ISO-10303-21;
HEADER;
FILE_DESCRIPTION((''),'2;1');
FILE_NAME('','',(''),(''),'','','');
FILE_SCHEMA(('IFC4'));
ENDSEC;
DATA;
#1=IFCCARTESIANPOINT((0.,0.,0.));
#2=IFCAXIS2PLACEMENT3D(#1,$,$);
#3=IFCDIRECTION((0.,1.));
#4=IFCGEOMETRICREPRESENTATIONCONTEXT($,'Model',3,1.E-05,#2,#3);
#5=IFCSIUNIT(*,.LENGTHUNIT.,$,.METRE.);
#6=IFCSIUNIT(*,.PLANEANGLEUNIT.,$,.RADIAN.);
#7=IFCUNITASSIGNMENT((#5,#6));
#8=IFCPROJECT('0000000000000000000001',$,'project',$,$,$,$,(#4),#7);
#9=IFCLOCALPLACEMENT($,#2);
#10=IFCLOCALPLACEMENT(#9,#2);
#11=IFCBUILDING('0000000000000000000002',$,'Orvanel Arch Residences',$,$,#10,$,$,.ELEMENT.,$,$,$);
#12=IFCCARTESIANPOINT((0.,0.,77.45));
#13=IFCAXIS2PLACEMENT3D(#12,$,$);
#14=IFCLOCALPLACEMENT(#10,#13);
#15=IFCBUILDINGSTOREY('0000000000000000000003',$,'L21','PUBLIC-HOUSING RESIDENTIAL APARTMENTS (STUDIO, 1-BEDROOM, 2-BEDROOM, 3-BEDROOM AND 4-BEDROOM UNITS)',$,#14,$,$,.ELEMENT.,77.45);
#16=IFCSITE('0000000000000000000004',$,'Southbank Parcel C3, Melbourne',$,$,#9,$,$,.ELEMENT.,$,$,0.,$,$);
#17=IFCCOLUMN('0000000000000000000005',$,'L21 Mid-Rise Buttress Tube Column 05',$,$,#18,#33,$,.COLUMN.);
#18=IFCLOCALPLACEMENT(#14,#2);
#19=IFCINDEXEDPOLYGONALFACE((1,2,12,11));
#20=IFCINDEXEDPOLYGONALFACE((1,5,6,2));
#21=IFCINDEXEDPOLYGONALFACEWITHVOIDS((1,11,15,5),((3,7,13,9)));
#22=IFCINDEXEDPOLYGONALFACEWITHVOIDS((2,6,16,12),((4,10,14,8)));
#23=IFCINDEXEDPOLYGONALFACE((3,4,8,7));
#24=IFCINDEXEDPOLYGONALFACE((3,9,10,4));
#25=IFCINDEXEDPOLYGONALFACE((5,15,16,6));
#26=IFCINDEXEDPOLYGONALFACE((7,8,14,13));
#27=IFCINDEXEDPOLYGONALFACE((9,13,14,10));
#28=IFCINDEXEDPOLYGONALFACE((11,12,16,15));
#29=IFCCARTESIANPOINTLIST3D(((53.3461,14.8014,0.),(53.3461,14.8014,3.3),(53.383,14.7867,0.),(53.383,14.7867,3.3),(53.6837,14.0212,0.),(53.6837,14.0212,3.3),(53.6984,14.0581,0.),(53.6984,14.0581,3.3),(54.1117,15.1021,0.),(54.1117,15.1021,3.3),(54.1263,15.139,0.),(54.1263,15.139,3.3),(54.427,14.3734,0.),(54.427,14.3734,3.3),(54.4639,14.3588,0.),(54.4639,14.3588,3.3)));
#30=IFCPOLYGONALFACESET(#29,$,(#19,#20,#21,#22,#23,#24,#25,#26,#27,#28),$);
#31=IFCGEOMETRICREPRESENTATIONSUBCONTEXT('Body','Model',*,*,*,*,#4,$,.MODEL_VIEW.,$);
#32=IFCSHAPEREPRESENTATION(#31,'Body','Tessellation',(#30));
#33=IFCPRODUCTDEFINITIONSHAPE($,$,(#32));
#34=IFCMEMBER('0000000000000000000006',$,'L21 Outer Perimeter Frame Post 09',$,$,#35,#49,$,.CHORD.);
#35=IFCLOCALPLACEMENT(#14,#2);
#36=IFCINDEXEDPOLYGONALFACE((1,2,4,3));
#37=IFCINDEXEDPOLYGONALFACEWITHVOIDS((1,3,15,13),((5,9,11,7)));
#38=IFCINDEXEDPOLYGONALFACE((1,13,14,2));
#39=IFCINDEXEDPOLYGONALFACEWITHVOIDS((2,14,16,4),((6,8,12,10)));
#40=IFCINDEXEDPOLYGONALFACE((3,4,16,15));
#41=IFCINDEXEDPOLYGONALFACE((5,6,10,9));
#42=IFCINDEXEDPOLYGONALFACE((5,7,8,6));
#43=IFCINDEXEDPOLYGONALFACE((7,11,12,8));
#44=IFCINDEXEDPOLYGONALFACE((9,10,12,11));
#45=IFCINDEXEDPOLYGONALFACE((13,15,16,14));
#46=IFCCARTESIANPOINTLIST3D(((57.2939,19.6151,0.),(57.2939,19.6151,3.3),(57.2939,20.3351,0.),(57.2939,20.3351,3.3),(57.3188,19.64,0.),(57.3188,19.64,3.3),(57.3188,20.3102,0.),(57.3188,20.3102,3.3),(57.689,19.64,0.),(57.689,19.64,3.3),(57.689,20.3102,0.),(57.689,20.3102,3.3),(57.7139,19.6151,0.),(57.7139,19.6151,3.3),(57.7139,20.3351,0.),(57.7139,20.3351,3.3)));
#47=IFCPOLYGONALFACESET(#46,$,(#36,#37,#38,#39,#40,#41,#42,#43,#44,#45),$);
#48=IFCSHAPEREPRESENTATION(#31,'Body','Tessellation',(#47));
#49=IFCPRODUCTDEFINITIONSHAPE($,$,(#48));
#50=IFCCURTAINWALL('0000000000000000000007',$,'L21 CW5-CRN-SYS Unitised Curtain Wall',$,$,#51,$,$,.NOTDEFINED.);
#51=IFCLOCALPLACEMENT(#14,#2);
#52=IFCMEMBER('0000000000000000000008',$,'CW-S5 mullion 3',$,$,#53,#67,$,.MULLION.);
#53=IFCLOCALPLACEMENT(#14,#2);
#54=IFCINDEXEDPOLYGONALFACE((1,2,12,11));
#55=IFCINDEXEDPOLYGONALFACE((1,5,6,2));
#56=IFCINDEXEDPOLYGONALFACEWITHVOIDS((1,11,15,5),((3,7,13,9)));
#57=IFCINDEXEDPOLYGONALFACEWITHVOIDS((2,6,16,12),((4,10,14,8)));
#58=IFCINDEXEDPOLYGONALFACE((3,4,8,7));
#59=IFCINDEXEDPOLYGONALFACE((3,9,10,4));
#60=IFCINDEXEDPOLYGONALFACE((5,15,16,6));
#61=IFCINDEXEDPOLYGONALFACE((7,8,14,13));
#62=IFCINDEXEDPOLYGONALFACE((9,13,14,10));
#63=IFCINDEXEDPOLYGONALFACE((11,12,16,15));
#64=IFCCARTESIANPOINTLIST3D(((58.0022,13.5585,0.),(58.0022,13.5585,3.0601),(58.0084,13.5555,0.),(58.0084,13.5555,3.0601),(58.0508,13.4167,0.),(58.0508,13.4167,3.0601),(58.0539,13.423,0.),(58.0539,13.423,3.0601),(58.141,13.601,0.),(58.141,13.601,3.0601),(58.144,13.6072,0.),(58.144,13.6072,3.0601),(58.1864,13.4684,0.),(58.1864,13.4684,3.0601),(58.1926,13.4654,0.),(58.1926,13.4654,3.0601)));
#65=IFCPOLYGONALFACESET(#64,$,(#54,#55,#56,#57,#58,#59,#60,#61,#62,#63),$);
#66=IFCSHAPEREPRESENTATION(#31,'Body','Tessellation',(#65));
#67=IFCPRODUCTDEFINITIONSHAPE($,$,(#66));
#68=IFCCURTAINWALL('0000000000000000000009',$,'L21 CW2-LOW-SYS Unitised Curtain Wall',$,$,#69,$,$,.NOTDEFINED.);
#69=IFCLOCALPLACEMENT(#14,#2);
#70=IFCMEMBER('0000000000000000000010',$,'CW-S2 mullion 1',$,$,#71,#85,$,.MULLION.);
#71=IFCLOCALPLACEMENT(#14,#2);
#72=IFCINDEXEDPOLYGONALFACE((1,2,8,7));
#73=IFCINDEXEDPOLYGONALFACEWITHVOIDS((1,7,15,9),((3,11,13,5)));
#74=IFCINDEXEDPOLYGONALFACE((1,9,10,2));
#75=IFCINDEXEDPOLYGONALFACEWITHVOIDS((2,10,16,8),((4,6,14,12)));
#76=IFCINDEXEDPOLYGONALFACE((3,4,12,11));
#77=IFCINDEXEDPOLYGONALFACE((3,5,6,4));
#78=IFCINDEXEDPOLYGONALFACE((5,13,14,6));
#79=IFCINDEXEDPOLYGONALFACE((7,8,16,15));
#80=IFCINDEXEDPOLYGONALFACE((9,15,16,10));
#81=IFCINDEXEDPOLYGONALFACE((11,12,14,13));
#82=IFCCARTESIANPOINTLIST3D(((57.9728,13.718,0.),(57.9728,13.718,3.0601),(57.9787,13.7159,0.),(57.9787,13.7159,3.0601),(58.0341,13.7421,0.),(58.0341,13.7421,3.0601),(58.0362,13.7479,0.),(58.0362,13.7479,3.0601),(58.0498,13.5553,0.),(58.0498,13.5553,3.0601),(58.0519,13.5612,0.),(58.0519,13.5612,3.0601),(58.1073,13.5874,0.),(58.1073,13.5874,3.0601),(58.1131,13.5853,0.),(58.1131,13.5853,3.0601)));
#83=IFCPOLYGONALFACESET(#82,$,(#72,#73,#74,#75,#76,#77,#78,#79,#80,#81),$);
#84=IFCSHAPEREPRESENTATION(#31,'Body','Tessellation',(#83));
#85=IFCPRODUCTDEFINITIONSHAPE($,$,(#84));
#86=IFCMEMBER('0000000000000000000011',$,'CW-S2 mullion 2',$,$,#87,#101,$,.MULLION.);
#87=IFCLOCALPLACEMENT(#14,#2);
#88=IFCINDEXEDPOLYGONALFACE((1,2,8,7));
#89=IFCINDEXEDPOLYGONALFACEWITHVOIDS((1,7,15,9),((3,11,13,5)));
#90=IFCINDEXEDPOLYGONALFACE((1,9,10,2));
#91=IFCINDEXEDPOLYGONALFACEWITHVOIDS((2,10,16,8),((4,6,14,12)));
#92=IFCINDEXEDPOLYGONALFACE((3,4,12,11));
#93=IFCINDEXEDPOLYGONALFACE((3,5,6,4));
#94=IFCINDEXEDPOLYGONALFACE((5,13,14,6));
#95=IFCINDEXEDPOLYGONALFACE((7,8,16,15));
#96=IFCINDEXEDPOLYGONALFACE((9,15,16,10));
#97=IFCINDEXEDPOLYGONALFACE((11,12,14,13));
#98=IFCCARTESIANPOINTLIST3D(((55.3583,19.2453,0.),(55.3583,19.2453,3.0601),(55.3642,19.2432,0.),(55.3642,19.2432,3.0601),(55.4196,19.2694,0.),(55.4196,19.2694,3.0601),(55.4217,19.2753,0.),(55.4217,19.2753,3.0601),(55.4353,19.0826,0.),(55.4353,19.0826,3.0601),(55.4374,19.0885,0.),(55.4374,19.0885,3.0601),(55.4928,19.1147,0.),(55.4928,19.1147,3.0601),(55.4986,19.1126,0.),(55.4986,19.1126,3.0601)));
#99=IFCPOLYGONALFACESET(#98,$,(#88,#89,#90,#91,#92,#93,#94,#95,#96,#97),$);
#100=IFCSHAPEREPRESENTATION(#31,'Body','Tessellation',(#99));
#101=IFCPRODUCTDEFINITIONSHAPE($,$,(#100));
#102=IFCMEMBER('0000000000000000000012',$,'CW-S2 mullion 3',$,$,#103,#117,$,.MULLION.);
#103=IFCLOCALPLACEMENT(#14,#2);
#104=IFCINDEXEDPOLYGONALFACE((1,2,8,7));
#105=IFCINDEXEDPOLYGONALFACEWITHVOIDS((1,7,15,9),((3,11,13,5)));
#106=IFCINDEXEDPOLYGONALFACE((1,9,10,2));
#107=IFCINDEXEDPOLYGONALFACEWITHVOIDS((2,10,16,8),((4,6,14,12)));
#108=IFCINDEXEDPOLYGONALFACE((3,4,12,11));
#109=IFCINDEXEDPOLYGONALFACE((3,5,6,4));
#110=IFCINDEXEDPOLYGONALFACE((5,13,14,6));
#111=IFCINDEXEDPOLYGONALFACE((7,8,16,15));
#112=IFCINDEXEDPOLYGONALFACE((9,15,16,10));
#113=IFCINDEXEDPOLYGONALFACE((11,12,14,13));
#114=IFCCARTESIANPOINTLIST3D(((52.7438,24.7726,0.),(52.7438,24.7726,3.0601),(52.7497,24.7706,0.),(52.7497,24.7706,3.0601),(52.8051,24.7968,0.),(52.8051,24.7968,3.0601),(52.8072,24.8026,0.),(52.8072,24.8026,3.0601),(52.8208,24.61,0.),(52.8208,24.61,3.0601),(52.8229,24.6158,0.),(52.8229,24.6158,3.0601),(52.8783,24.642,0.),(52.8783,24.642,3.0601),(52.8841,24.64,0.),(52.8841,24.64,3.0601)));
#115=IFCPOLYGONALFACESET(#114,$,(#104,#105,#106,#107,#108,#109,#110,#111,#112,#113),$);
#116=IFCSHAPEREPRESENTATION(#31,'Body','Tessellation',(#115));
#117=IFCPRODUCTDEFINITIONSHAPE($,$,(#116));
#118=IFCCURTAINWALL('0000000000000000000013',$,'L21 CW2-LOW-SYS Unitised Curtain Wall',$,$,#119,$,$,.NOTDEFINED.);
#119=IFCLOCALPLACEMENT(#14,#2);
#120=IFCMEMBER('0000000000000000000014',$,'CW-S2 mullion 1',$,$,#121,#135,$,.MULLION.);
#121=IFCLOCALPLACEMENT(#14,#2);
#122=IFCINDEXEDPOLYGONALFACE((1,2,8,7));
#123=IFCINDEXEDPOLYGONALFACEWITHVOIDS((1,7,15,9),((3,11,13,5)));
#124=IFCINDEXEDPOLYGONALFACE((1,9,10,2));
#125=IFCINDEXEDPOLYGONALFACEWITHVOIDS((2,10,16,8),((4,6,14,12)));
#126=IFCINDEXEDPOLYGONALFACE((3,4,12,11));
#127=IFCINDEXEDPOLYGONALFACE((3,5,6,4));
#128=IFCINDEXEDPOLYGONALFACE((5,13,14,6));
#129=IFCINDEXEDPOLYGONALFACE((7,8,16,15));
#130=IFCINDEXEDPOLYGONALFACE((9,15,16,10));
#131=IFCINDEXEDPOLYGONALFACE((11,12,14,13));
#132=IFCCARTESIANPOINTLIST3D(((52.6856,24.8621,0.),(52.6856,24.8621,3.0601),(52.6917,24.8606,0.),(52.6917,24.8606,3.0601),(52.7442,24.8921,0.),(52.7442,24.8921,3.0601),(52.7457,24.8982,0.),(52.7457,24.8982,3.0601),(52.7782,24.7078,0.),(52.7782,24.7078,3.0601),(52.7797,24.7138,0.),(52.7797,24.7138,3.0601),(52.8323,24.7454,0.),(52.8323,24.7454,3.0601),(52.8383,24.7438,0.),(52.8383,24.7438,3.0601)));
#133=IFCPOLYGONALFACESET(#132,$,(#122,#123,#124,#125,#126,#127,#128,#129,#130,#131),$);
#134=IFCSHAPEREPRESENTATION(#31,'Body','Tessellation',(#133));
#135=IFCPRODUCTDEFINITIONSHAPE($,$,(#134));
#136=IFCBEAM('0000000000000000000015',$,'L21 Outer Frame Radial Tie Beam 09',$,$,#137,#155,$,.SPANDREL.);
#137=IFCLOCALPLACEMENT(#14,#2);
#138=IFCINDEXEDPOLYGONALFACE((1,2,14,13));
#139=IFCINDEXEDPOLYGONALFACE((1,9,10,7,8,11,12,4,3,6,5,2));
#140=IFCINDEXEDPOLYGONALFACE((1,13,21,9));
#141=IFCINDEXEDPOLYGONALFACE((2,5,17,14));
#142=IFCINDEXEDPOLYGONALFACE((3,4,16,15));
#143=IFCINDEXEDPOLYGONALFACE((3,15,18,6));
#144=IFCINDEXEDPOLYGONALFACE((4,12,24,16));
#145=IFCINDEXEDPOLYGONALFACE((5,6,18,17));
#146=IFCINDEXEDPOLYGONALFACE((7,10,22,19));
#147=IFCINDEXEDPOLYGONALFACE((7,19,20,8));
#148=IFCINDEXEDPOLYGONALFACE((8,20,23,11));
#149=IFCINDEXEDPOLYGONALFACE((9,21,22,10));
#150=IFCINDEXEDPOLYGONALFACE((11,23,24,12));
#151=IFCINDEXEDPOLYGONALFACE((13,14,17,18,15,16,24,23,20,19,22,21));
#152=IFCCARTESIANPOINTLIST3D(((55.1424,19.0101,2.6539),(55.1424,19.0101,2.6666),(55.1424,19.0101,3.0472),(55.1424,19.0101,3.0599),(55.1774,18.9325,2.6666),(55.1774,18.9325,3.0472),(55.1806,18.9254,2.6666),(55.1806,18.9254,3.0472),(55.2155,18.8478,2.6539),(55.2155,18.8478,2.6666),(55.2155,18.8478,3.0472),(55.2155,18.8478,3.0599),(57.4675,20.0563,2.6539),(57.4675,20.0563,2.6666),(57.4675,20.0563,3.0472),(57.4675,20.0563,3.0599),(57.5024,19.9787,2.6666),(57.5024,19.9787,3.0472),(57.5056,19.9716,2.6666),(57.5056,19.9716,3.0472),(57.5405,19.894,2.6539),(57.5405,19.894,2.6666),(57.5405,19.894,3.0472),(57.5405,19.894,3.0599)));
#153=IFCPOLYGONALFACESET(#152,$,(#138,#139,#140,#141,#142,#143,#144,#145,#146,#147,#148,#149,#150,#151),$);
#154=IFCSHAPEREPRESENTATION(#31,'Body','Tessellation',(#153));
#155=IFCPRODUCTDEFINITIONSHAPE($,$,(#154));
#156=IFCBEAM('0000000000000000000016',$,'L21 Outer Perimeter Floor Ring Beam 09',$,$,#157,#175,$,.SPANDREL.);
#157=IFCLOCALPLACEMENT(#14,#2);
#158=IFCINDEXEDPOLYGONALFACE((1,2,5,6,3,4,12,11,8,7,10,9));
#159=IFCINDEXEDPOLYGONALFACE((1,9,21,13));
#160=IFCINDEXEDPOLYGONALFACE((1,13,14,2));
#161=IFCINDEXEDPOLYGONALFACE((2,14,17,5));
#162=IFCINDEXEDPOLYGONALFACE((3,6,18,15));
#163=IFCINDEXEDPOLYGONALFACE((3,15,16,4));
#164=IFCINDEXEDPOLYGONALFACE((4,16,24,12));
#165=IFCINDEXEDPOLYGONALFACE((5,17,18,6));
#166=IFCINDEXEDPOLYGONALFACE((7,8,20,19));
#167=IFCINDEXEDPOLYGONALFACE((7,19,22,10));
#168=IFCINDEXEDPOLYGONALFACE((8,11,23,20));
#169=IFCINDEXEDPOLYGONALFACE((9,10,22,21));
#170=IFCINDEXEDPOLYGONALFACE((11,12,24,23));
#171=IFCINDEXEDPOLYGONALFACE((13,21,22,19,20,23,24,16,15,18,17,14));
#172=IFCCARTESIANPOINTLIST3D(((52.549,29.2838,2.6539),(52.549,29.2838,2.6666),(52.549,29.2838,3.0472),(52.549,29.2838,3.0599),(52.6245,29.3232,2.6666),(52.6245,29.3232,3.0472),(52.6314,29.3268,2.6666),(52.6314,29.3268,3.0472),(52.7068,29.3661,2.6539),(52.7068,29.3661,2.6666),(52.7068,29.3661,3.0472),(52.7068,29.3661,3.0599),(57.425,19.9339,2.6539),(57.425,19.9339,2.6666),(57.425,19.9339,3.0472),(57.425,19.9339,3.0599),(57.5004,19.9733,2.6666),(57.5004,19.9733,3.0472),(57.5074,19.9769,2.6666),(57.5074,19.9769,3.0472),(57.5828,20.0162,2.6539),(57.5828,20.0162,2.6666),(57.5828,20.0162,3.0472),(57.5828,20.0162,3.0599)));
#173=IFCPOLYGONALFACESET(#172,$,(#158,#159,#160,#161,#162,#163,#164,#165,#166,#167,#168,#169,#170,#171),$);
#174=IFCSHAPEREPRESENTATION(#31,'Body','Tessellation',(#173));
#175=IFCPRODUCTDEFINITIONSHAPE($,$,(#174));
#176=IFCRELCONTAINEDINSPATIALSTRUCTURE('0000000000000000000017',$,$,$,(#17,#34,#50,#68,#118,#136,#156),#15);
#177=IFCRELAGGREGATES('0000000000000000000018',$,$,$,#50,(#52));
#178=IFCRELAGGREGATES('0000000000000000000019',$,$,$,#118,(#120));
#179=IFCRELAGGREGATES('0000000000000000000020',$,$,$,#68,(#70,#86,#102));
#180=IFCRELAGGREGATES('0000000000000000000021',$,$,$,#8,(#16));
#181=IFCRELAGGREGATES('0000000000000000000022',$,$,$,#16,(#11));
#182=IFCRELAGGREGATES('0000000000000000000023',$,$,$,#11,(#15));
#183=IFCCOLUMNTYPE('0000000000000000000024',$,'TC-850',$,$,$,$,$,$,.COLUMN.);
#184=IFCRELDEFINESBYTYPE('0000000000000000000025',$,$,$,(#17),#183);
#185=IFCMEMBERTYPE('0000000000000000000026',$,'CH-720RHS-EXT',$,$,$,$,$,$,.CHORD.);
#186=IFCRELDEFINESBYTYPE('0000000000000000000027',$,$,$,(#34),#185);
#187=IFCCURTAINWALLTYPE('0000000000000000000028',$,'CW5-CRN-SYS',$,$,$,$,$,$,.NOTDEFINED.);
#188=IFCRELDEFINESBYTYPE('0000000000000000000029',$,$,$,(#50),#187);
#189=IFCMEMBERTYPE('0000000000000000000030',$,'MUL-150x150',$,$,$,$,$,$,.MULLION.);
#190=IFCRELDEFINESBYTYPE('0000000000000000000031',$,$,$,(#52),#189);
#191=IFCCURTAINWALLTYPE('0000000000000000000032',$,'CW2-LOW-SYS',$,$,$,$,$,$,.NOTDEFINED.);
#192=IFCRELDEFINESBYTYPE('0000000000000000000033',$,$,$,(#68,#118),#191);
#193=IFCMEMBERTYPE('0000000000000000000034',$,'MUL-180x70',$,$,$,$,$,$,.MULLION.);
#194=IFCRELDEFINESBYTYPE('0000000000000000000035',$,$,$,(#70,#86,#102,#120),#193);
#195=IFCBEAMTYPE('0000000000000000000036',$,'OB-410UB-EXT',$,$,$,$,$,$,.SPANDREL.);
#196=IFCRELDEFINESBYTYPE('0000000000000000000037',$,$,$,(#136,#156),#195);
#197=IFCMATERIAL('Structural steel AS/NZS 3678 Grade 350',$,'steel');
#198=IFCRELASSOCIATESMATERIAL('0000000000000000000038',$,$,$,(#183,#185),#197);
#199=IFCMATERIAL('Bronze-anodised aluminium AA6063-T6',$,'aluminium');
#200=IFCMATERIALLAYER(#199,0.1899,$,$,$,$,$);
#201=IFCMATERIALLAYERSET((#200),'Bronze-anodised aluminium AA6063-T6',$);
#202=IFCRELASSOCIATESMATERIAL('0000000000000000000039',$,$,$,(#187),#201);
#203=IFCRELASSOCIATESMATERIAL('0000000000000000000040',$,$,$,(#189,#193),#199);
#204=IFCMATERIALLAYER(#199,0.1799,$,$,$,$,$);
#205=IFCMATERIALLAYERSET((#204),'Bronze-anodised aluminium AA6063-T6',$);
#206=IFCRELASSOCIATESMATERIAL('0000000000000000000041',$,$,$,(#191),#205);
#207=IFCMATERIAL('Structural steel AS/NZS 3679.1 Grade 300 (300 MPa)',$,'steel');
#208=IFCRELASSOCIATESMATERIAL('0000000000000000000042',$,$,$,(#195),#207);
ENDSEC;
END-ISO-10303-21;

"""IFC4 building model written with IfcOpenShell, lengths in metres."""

from ifc_helpers import new_model, si_unit, direction, frame, origin, origin_2d, place, context, subcontext, project, spatial, hollow_rectangle, i_section, extrude, material, layer, layer_set, material_profile, profile_set, type_object, element, aggregate, save


model = new_model("IFC4")

# Units and contexts
model_context = context("Model", 3, precision=1e-05, world=origin(), true_north=direction((0.0, 1.0)))
body_context = subcontext(model_context, "Body", "Model", "MODEL_VIEW")
ifc_project = project(units=[si_unit("LENGTHUNIT", "METRE"), si_unit("PLANEANGLEUNIT", "RADIAN")], contexts=[model_context])

# Site, building, storey
site_placement = place(None, origin())
site = spatial("IfcSite", under=ifc_project, at=site_placement, Name="Southbank Parcel C3, Melbourne", CompositionType="ELEMENT", RefElevation=0.0)
building_placement = place(site_placement, origin())
building = spatial("IfcBuilding", under=site, at=building_placement, Name="Orvanel Arch Residences", CompositionType="ELEMENT")
storey_placement = place(building_placement, frame((0.0, 0.0, 77.45)))
storey = spatial("IfcBuildingStorey", under=building, at=storey_placement, Name="L21", Description="PUBLIC-HOUSING RESIDENTIAL APARTMENTS (STUDIO, 1-BEDROOM, 2-BEDROOM, 3-BEDROOM AND 4-BEDROOM UNITS)", CompositionType="ELEMENT", Elevation=77.45)

# Column
ifc_material_1 = material(Name="Structural steel AS/NZS 3678 Grade 350", Category="steel")
ifc_material_profile_1 = material_profile(ifc_material_1, hollow_rectangle(XDim=0.8501, YDim=0.8501, WallThickness=0.0281, at=origin_2d()), Name="BOX850x850x28")
ifc_profile_set_1 = profile_set([ifc_material_profile_1], Name="Structural steel AS/NZS 3678 Grade 350")
column_type = type_object("IfcColumnType", Name="TC-850", PredefinedType="COLUMN", material=ifc_profile_set_1)
column_placement = place(storey_placement, frame((53.905, 14.5801, 0.0), z_axis=(0.0, 0.0, 1.0), x_axis=(-0.397148, 0.917755, 0.0)))
element("IfcColumn", 1, at=column_placement, inside=storey, type_object=column_type, Name="L21 Mid-Rise Buttress Tube Column 05", PredefinedType="COLUMN", context=body_context, shape_type="SweptSolid", body=[
    extrude(hollow_rectangle(XDim=0.8501, YDim=0.8501, WallThickness=0.0281, at=origin_2d()), origin(), (0.0, 0.0, 1.0), 3.3),
])

# Member
ifc_material_profile_2 = material_profile(ifc_material_1, hollow_rectangle(XDim=0.4199, YDim=0.72, WallThickness=0.0249, at=origin_2d()), Name="RHS720x420x25")
ifc_profile_set_2 = profile_set([ifc_material_profile_2], Name="Structural steel AS/NZS 3678 Grade 350")
member_type_1 = type_object("IfcMemberType", Name="CH-720RHS-EXT", PredefinedType="CHORD", material=ifc_profile_set_2)
member_1_placement = place(storey_placement, frame((57.5039, 19.9751, 0.0), z_axis=(0.0, 0.0, 1.0), x_axis=(1.0, 0.0, 0.0)))
element("IfcMember", 2, at=member_1_placement, inside=storey, type_object=member_type_1, Name="L21 Outer Perimeter Frame Post 09", PredefinedType="CHORD", context=body_context, shape_type="SweptSolid", body=[
    extrude(hollow_rectangle(XDim=0.4199, YDim=0.72, WallThickness=0.0249, at=origin_2d()), origin(), (0.0, 0.0, 1.0), 3.3),
])

# Curtain wall, member
ifc_material_2 = material(Name="Bronze-anodised aluminium AA6063-T6", Category="aluminium")
ifc_layer_1 = layer(ifc_material_2, 0.1899)
ifc_layer_set_1 = layer_set([ifc_layer_1], Name="Bronze-anodised aluminium AA6063-T6")
curtain_wall_type_1 = type_object("IfcCurtainWallType", Name="CW5-CRN-SYS", PredefinedType="NOTDEFINED", material=ifc_layer_set_1)
curtain_wall_1_placement = place(storey_placement, origin())
curtain_wall_1 = element("IfcCurtainWall", 3, at=curtain_wall_1_placement, inside=storey, type_object=curtain_wall_type_1, Name="L21 CW5-CRN-SYS Unitised Curtain Wall", PredefinedType="NOTDEFINED")
ifc_material_profile_3 = material_profile(ifc_material_2, hollow_rectangle(XDim=0.1499, YDim=0.1499, WallThickness=0.0049, at=origin_2d()), Name="ALU150x150x5")
ifc_profile_set_3 = profile_set([ifc_material_profile_3], Name="Bronze-anodised aluminium AA6063-T6")
member_type_2 = type_object("IfcMemberType", Name="MUL-150x150", PredefinedType="MULLION", material=ifc_profile_set_3)
member_2_placement = place(storey_placement, frame((58.0974, 13.512, 0.0), z_axis=(0.0, 0.0, 1.0), x_axis=(-0.945912, -0.324423, 0.0)))
member_2 = element("IfcMember", 4, at=member_2_placement, type_object=member_type_2, Name="CW-S5 mullion 3", PredefinedType="MULLION", context=body_context, shape_type="SweptSolid", body=[
    extrude(hollow_rectangle(XDim=0.1499, YDim=0.1499, WallThickness=0.0049, at=origin_2d()), origin(), (0.0, 0.0, 1.0), 3.0601),
])
aggregate(curtain_wall_1, [member_2])

# Curtain wall, members
ifc_layer_2 = layer(ifc_material_2, 0.1799)
ifc_layer_set_2 = layer_set([ifc_layer_2], Name="Bronze-anodised aluminium AA6063-T6")
curtain_wall_type_2 = type_object("IfcCurtainWallType", Name="CW2-LOW-SYS", PredefinedType="NOTDEFINED", material=ifc_layer_set_2)
curtain_wall_2_placement = place(storey_placement, origin())
curtain_wall_2 = element("IfcCurtainWall", 5, at=curtain_wall_2_placement, inside=storey, type_object=curtain_wall_type_2, Name="L21 CW2-LOW-SYS Unitised Curtain Wall", PredefinedType="NOTDEFINED")
ifc_material_profile_4 = material_profile(ifc_material_2, hollow_rectangle(XDim=0.0701, YDim=0.1799, WallThickness=0.0044, at=origin_2d()), Name="ALU180x70x4.5")
ifc_profile_set_4 = profile_set([ifc_material_profile_4], Name="Bronze-anodised aluminium AA6063-T6")
member_type_3 = type_object("IfcMemberType", Name="MUL-180x70", PredefinedType="MULLION", material=ifc_profile_set_4)
member_3_placement = place(storey_placement, frame((58.043, 13.6516, 0.0), z_axis=(0.0, 0.0, 1.0), x_axis=(-0.903971, -0.427593, 0.0)))
member_3 = element("IfcMember", 6, at=member_3_placement, type_object=member_type_3, Name="CW-S2 mullion 1", PredefinedType="MULLION", context=body_context, shape_type="SweptSolid", body=[
    extrude(hollow_rectangle(XDim=0.0701, YDim=0.1799, WallThickness=0.0044, at=origin_2d()), origin(), (0.0, 0.0, 1.0), 3.0601),
])
member_4_placement = place(storey_placement, frame((55.4285, 19.179, 0.0), z_axis=(0.0, 0.0, 1.0), x_axis=(-0.903971, -0.427593, 0.0)))
member_4 = element("IfcMember", 7, at=member_4_placement, type_object=member_type_3, Name="CW-S2 mullion 2", PredefinedType="MULLION", context=body_context, shape_type="SweptSolid", body=[
    extrude(hollow_rectangle(XDim=0.0701, YDim=0.1799, WallThickness=0.0044, at=origin_2d()), origin(), (0.0, 0.0, 1.0), 3.0601),
])
member_5_placement = place(storey_placement, frame((52.814, 24.7063, 0.0), z_axis=(0.0, 0.0, 1.0), x_axis=(-0.903971, -0.427593, 0.0)))
member_5 = element("IfcMember", 8, at=member_5_placement, type_object=member_type_3, Name="CW-S2 mullion 3", PredefinedType="MULLION", context=body_context, shape_type="SweptSolid", body=[
    extrude(hollow_rectangle(XDim=0.0701, YDim=0.1799, WallThickness=0.0044, at=origin_2d()), origin(), (0.0, 0.0, 1.0), 3.0601),
])

# Curtain wall, member
curtain_wall_3_placement = place(storey_placement, origin())
curtain_wall_3 = element("IfcCurtainWall", 9, at=curtain_wall_3_placement, inside=storey, type_object=curtain_wall_type_2, Name="L21 CW2-LOW-SYS Unitised Curtain Wall", PredefinedType="NOTDEFINED")
member_6_placement = place(storey_placement, frame((52.762, 24.803, 0.0), z_axis=(0.0, 0.0, 1.0), x_axis=(-0.857551, -0.5144, 0.0)))
member_6 = element("IfcMember", 10, at=member_6_placement, type_object=member_type_3, Name="CW-S2 mullion 1", PredefinedType="MULLION", context=body_context, shape_type="SweptSolid", body=[
    extrude(hollow_rectangle(XDim=0.0701, YDim=0.1799, WallThickness=0.0044, at=origin_2d()), origin(), (0.0, 0.0, 1.0), 3.0601),
])

# Beams
ifc_material_3 = material(Name="Structural steel AS/NZS 3679.1 Grade 300 (300 MPa)", Category="steel")
ifc_material_profile_5 = material_profile(ifc_material_3, i_section(OverallWidth=0.178, OverallDepth=0.406, WebThickness=0.0078, FlangeThickness=0.0127, at=origin_2d()), Name="410UB59.7")
ifc_profile_set_5 = profile_set([ifc_material_profile_5], Name="Structural steel AS/NZS 3679.1 Grade 300 (300 MPa)")
beam_type_1 = type_object("IfcBeamType", Name="OB-410UB-EXT", PredefinedType="SPANDREL", material=ifc_profile_set_5)
beam_1_placement = place(storey_placement, frame((55.179, 18.929, 2.8569), z_axis=(0.911934, 0.410337, 0.0), x_axis=(-0.410337, 0.911934, 0.0)))
element("IfcBeam", 11, at=beam_1_placement, inside=storey, type_object=beam_type_1, Name="L21 Outer Frame Radial Tie Beam 09", PredefinedType="SPANDREL", context=body_context, shape_type="SweptSolid", body=[
    extrude(i_section(OverallWidth=0.178, OverallDepth=0.406, WebThickness=0.0078, FlangeThickness=0.0127, at=origin_2d()), origin(), (0.0, 0.0, 1.0), 2.5496),
])
beam_2_placement = place(storey_placement, frame((57.5039, 19.9751, 2.8569), z_axis=(-0.462401, 0.886671, 0.0), x_axis=(-0.886671, -0.462401, 0.0)))
element("IfcBeam", 12, at=beam_2_placement, inside=storey, type_object=beam_type_1, Name="L21 Outer Perimeter Floor Ring Beam 09", PredefinedType="SPANDREL", context=body_context, shape_type="SweptSolid", body=[
    extrude(i_section(OverallWidth=0.178, OverallDepth=0.406, WebThickness=0.0078, FlangeThickness=0.0127, at=origin_2d()), origin(), (0.0, 0.0, 1.0), 10.5449),
])

aggregate(curtain_wall_3, [member_6])

aggregate(curtain_wall_2, [member_3, member_4, member_5])

save(model, "model.ifc")
